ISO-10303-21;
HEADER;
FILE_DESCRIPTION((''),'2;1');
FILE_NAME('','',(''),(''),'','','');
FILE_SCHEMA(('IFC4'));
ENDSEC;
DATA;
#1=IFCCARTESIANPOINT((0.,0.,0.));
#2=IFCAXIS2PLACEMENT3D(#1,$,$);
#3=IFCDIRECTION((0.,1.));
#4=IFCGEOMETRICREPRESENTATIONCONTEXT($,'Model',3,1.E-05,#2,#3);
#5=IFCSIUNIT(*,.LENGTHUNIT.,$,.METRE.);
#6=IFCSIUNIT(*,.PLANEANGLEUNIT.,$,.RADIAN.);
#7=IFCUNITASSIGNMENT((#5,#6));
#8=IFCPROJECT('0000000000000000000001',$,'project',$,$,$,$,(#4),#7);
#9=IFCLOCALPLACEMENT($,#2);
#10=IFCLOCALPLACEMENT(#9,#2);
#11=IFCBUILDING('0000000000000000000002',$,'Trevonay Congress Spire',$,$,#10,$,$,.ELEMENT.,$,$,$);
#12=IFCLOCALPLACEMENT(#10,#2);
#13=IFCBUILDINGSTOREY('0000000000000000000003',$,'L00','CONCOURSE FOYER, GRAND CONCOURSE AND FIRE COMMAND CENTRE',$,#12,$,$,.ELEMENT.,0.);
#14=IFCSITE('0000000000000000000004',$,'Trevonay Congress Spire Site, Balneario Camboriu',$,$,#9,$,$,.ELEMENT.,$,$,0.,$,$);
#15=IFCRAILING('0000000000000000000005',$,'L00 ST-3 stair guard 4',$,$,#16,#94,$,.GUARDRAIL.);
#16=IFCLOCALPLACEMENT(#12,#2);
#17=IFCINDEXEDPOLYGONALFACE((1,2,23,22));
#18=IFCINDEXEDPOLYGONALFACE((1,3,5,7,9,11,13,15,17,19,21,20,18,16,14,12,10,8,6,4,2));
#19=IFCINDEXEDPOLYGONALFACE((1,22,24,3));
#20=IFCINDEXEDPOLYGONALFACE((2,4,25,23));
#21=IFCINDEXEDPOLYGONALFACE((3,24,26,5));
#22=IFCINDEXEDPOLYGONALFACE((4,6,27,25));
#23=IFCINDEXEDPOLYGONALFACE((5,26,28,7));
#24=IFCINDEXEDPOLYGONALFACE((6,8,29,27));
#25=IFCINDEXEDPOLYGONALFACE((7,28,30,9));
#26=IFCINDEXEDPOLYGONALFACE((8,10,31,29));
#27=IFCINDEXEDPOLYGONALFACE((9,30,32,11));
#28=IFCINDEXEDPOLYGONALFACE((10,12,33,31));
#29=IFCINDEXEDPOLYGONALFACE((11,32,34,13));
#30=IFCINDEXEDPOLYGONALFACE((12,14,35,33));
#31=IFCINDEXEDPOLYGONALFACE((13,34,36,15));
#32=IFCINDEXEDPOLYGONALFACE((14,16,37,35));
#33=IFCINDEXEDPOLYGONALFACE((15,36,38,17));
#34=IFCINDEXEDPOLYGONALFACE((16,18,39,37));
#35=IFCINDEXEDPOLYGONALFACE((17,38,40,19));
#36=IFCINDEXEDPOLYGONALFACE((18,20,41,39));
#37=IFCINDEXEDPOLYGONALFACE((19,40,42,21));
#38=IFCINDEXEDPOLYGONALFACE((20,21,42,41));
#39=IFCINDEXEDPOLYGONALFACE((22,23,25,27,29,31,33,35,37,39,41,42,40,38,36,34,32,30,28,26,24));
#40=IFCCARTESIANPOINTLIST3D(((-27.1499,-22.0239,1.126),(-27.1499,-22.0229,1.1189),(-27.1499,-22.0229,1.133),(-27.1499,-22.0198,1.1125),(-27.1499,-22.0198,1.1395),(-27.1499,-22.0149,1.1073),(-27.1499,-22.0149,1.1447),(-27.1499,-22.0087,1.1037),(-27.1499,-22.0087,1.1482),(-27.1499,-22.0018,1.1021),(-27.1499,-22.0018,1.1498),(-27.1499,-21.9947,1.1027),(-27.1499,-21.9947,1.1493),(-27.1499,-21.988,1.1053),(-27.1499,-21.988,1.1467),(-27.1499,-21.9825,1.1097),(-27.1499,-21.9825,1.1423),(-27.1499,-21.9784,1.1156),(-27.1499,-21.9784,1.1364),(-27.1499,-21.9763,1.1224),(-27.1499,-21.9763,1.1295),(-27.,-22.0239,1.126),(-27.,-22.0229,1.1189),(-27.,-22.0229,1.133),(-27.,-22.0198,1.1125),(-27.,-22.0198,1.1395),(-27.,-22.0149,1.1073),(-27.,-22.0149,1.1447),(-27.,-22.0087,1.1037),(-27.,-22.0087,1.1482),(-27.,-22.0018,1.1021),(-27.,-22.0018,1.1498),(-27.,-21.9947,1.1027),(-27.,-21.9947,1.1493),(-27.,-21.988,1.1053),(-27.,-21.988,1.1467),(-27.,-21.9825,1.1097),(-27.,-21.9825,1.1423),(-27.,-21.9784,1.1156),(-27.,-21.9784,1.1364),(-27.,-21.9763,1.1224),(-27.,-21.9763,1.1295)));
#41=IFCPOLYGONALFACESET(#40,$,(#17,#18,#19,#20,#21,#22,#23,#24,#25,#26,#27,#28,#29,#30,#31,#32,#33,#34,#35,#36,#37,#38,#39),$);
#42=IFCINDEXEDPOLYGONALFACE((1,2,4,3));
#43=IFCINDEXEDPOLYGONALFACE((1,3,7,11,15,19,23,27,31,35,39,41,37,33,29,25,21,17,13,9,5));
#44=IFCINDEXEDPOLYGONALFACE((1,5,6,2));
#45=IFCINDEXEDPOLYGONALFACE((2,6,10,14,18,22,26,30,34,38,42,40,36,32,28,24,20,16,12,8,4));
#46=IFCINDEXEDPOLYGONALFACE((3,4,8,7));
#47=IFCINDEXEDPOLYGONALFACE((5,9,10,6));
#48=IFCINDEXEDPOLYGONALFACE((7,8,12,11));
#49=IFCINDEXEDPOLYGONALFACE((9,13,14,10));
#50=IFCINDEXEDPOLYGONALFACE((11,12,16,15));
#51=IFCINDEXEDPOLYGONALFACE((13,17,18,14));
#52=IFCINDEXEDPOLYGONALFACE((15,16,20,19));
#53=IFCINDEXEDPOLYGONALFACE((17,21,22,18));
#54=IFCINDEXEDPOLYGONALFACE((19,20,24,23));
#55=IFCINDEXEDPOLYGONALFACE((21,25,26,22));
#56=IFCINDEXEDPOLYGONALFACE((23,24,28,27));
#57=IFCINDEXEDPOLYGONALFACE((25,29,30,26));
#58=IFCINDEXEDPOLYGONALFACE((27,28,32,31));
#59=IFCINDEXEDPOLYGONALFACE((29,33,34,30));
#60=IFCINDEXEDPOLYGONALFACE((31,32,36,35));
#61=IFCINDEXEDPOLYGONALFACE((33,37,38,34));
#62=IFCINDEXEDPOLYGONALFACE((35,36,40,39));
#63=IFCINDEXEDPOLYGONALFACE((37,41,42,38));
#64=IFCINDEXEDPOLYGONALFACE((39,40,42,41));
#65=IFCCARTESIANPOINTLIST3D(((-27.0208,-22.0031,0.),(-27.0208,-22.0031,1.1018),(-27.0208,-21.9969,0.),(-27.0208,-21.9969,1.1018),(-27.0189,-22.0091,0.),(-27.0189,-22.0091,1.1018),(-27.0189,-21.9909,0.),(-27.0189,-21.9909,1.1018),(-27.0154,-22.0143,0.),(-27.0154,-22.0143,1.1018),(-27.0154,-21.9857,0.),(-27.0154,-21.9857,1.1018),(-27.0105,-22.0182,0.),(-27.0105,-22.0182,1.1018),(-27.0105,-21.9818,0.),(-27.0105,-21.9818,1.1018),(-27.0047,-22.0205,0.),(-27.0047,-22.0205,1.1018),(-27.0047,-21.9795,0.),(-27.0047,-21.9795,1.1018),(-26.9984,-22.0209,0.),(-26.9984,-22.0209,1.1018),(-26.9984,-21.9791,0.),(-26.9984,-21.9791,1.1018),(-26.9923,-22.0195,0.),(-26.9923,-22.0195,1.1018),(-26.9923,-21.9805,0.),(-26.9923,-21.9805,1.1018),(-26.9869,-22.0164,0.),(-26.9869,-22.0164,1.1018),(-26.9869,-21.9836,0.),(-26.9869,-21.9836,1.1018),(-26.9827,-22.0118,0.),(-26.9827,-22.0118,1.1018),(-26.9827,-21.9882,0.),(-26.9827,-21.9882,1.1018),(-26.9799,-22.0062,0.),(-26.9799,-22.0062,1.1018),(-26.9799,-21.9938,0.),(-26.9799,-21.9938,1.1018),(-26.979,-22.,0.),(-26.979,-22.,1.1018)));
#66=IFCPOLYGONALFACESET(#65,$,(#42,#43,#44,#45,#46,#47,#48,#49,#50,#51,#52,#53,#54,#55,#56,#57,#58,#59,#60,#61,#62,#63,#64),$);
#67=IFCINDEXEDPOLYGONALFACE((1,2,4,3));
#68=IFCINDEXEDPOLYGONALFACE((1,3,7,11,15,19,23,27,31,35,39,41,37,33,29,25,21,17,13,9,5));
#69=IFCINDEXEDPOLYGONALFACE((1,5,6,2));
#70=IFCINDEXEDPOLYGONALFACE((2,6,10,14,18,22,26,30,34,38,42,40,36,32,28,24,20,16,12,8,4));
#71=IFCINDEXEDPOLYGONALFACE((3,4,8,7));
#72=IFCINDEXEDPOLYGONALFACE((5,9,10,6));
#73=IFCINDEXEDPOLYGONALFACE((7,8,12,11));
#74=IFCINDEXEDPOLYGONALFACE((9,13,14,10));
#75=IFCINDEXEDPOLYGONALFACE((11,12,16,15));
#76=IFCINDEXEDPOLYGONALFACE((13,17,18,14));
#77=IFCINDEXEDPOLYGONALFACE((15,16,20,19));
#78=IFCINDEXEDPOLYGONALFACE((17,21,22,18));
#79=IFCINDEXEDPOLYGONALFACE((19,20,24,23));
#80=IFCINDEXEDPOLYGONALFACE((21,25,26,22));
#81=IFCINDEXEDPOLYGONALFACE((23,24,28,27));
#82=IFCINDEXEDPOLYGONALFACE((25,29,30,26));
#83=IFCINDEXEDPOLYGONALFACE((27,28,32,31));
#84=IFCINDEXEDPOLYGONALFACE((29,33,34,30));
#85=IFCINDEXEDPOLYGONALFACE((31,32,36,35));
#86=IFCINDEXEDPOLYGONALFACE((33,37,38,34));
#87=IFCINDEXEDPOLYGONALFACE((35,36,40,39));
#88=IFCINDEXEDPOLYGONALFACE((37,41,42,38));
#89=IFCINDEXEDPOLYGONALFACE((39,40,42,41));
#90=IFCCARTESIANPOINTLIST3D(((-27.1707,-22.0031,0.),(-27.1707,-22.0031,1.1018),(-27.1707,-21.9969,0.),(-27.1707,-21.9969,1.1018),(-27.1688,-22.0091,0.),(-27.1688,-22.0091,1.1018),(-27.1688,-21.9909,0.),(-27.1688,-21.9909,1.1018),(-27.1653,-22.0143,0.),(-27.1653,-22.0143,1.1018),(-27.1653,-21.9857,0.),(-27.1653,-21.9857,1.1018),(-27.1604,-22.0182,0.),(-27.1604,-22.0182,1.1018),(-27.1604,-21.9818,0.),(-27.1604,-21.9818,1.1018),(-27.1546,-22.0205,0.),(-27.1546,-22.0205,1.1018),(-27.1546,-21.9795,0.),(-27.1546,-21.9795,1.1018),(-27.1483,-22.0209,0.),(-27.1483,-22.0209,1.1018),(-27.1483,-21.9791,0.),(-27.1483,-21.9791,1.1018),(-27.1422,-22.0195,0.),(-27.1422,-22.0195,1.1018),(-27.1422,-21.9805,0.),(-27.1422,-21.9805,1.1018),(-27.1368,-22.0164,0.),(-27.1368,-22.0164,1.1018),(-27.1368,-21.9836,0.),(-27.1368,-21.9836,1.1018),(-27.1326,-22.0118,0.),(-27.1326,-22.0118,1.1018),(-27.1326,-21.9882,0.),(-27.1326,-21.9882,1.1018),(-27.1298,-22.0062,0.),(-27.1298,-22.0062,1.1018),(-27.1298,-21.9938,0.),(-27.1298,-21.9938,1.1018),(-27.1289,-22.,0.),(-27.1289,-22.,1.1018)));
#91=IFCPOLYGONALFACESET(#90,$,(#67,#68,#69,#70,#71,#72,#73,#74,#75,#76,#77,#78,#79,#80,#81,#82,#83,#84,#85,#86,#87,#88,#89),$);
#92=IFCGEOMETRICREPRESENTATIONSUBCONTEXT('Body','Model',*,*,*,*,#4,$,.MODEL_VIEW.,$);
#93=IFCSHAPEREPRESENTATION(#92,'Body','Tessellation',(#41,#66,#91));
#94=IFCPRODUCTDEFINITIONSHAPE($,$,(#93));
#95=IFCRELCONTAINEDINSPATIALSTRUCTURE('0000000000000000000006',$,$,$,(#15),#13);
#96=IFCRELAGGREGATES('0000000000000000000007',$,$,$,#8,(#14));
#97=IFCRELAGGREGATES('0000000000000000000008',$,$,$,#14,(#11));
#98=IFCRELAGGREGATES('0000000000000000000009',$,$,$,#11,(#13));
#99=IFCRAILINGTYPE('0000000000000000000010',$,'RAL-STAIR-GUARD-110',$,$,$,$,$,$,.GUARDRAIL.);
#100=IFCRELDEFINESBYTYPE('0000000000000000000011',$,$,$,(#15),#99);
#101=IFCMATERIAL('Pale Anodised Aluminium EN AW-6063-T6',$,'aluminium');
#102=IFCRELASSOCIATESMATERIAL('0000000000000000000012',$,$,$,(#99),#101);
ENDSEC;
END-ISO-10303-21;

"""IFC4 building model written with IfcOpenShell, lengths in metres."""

from ifc_helpers import new_model, si_unit, direction, frame, origin, origin_2d, place, context, subcontext, project, spatial, circle, extrude, material, type_object, element, save


model = new_model("IFC4")

# Units and contexts
model_context = context("Model", 3, precision=1e-05, world=origin(), true_north=direction((0.0, 1.0)))
body_context = subcontext(model_context, "Body", "Model", "MODEL_VIEW")
ifc_project = project(units=[si_unit("LENGTHUNIT", "METRE"), si_unit("PLANEANGLEUNIT", "RADIAN")], contexts=[model_context])

# Site, building, storey
site_placement = place(None, origin())
site = spatial("IfcSite", under=ifc_project, at=site_placement, Name="Trevonay Congress Spire Site, Balneario Camboriu", CompositionType="ELEMENT", RefElevation=0.0)
building_placement = place(site_placement, origin())
building = spatial("IfcBuilding", under=site, at=building_placement, Name="Trevonay Congress Spire", CompositionType="ELEMENT")
storey_placement = place(building_placement, origin())
storey = spatial("IfcBuildingStorey", under=building, at=storey_placement, Name="L00", Description="CONCOURSE FOYER, GRAND CONCOURSE AND FIRE COMMAND CENTRE", CompositionType="ELEMENT", Elevation=0.0)

# Shared definitions
ifc_material_1 = material(Name="Pale Anodised Aluminium EN AW-6063-T6", Category="aluminium")

# Railing
railing_type_1 = type_object("IfcRailingType", Name="RAL-STAIR-GUARD-110", PredefinedType="GUARDRAIL", material=ifc_material_1)
railing_1_placement = place(storey_placement, frame((-27.0, -22.0, 0.0)))
element("IfcRailing", 1, at=railing_1_placement, inside=storey, type_object=railing_type_1, Name="L00 ST-3 stair guard 4", PredefinedType="GUARDRAIL", context=body_context, shape_type="SweptSolid", body=[
    extrude(circle(Radius=0.0239, at=origin_2d()), frame((0.0, 0.0, 1.126), z_axis=(-1.0, 0.0, 0.0), x_axis=(0.0, -1.0, 0.0)), (0.0, 0.0, 1.0), 0.1499),
    extrude(circle(Radius=0.021, at=origin_2d()), origin(), (0.0, 0.0, 1.0), 1.1018),
    extrude(circle(Radius=0.021, at=origin_2d()), frame((-0.1499, 0.0, 0.0)), (0.0, 0.0, 1.0), 1.1018),
])

save(model, "model.ifc")
